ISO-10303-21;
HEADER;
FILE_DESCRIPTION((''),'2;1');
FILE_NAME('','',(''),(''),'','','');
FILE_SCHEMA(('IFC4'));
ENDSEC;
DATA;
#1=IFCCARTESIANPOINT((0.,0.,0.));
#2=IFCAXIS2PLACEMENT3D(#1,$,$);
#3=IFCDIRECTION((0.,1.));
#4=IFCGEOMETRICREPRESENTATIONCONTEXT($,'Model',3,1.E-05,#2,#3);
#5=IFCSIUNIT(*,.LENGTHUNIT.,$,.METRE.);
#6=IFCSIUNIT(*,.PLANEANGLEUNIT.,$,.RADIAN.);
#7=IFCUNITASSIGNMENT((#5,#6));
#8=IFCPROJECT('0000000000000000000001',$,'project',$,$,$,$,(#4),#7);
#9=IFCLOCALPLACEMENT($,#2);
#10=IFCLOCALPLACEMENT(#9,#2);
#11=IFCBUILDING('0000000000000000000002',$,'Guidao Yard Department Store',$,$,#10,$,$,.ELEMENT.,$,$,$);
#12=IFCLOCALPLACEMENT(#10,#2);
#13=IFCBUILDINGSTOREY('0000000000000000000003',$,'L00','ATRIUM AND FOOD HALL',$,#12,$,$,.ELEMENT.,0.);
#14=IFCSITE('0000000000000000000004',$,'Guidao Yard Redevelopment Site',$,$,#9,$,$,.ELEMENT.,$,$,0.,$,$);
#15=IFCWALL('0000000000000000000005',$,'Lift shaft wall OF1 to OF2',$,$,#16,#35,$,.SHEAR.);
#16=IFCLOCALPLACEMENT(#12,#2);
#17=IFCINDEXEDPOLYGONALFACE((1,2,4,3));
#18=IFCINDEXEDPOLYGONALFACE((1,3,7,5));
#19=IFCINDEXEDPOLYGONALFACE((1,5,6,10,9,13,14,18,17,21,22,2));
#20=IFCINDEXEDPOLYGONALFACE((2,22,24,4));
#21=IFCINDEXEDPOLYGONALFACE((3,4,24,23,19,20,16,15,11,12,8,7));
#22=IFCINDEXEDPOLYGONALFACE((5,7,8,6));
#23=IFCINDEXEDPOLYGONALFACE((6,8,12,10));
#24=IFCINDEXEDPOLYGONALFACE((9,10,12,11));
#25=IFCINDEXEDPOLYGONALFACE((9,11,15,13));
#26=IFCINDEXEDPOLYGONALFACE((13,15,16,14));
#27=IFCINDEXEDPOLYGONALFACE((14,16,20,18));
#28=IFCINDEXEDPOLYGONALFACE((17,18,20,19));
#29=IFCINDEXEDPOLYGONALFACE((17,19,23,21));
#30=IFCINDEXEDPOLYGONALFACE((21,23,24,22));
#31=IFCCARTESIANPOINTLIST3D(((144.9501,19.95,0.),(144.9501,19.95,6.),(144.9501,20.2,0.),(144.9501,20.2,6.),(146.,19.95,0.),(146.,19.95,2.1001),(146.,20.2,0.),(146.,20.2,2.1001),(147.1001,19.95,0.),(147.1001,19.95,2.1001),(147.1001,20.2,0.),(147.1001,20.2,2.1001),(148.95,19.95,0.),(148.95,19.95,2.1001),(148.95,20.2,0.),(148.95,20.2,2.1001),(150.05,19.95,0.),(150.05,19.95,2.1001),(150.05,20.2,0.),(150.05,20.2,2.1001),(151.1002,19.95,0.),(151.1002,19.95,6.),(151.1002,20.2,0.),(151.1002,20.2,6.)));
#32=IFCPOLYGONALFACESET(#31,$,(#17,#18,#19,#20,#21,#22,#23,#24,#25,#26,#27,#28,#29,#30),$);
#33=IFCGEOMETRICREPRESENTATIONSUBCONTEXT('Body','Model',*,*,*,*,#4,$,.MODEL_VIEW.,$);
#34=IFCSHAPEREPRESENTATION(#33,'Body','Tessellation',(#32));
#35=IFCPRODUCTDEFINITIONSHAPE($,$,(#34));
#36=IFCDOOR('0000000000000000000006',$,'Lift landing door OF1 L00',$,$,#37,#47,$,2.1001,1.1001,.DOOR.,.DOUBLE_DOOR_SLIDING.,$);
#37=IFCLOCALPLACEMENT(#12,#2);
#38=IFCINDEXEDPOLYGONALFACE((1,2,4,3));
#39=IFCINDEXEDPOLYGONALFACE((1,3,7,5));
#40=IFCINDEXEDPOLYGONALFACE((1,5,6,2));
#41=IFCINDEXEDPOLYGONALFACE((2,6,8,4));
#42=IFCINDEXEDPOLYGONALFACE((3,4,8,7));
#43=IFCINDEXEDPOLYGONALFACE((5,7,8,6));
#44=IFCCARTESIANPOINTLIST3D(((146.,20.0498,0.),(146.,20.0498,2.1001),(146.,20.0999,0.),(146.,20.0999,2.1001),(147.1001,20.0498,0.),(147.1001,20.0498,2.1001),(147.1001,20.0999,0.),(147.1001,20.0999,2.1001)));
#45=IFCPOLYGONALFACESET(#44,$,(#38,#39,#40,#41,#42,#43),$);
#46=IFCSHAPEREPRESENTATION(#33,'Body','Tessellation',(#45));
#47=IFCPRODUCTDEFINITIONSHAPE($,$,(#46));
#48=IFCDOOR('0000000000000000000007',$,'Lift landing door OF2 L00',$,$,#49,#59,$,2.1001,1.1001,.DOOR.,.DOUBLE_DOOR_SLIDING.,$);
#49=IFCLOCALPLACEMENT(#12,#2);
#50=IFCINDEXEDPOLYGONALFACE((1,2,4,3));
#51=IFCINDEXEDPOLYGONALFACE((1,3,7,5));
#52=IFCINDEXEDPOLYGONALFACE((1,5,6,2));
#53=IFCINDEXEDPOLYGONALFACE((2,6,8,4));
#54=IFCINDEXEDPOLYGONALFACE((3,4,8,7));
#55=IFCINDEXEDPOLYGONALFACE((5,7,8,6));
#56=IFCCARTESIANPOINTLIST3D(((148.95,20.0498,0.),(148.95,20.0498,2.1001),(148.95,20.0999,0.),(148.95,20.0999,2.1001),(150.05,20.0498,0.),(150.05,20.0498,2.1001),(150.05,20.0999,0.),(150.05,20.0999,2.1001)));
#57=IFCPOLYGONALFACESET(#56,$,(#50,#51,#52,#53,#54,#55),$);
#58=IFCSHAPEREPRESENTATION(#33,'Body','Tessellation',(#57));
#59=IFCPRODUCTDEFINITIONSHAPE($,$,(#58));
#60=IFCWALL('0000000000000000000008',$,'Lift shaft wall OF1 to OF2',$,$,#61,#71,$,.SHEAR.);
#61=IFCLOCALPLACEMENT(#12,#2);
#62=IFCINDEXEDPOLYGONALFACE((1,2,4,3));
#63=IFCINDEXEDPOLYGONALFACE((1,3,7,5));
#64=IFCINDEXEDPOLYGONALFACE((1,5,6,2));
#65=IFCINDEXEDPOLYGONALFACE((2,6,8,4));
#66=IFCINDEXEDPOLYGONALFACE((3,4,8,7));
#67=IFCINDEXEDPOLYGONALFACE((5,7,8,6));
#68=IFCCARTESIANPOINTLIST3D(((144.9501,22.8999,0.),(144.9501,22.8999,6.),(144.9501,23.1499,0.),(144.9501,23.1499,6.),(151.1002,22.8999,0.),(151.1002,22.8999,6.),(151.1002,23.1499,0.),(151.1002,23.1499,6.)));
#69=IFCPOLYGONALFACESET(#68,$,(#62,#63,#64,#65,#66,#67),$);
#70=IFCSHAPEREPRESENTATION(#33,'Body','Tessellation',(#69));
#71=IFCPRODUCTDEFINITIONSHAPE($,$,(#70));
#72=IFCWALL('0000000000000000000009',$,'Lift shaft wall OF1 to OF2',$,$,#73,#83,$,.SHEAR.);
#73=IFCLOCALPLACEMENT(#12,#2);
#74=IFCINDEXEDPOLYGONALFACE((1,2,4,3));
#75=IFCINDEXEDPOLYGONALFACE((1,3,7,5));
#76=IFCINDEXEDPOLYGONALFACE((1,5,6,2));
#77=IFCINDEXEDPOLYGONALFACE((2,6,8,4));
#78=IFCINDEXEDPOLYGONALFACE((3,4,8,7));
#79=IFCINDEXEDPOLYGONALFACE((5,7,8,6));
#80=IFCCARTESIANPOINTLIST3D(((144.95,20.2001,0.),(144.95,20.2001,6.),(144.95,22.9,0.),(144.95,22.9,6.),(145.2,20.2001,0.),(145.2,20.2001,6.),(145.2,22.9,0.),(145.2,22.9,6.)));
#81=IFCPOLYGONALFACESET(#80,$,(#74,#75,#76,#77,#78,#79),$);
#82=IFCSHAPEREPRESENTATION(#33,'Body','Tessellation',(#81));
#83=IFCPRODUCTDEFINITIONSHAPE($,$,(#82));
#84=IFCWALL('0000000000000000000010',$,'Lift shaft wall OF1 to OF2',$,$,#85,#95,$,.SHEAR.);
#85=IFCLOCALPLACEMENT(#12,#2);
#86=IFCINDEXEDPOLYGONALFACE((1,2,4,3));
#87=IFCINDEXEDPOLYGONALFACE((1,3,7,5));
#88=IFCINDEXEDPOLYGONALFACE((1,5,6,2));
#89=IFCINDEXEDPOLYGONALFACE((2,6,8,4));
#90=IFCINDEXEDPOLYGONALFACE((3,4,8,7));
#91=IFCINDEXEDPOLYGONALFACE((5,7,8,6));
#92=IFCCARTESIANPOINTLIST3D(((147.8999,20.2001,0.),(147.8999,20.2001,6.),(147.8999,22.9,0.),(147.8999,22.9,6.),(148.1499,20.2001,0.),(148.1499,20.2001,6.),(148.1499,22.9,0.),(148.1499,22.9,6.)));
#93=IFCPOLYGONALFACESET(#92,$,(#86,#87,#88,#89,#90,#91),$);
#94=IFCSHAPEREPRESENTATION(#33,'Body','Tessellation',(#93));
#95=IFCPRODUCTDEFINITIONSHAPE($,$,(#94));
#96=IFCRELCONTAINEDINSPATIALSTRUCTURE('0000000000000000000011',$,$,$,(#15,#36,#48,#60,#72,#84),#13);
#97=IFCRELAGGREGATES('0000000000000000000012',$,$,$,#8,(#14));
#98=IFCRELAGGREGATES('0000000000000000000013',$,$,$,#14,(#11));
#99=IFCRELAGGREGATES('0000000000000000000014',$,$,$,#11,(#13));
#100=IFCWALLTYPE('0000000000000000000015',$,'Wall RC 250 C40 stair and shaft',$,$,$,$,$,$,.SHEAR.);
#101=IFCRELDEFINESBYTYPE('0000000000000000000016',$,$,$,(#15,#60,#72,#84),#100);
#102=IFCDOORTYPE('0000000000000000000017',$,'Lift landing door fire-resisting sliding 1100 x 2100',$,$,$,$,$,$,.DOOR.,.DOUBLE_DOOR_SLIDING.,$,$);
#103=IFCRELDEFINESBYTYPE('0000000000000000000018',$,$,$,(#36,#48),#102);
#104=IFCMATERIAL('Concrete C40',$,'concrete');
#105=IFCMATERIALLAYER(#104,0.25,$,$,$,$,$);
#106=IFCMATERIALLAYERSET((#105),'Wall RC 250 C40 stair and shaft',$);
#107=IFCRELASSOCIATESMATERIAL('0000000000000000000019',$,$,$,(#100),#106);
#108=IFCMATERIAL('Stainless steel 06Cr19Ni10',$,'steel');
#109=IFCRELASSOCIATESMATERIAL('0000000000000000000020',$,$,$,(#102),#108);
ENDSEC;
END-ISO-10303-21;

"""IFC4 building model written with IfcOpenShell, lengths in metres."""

from ifc_helpers import new_model, si_unit, direction, frame, frame_2d, origin, place, context, subcontext, project, spatial, rectangle, extrude, material, layer, layer_set, type_object, element, fill, save


model = new_model("IFC4")

# Units and contexts
model_context = context("Model", 3, precision=1e-05, world=origin(), true_north=direction((0.0, 1.0)))
body_context = subcontext(model_context, "Body", "Model", "MODEL_VIEW")
ifc_project = project(units=[si_unit("LENGTHUNIT", "METRE"), si_unit("PLANEANGLEUNIT", "RADIAN")], contexts=[model_context])

# Site, building, storey
site_placement = place(None, origin())
site = spatial("IfcSite", under=ifc_project, at=site_placement, Name="Guidao Yard Redevelopment Site", CompositionType="ELEMENT", RefElevation=0.0)
building_placement = place(site_placement, origin())
building = spatial("IfcBuilding", under=site, at=building_placement, Name="Guidao Yard Department Store", CompositionType="ELEMENT")
storey_placement = place(building_placement, origin())
storey = spatial("IfcBuildingStorey", under=building, at=storey_placement, Name="L00", Description="ATRIUM AND FOOD HALL", CompositionType="ELEMENT", Elevation=0.0)

# Wall, openings, doors
ifc_material_1 = material(Name="Concrete C40", Category="concrete")
ifc_layer_1 = layer(ifc_material_1, 0.25)
ifc_layer_set_1 = layer_set([ifc_layer_1], Name="Wall RC 250 C40 stair and shaft")
wall_type_1 = type_object("IfcWallType", Name="Wall RC 250 C40 stair and shaft", PredefinedType="SHEAR", material=ifc_layer_set_1)
wall_1_placement = place(storey_placement, frame((144.95, 20.075, 0.0), z_axis=(0.0, 0.0, 1.0), x_axis=(1.0, 0.0, 0.0)))
wall_1 = element("IfcWall", 1, at=wall_1_placement, inside=storey, type_object=wall_type_1, Name="Lift shaft wall OF1 to OF2", PredefinedType="SHEAR", context=body_context, shape_type="SweptSolid", body=[
    extrude(rectangle(XDim=6.1501, YDim=0.25, at=frame_2d((3.0752, 0.0))), origin(), (0.0, 0.0, 1.0), 6.0),
])
opening_1_placement = place(wall_1_placement, frame((1.05, 0.0, 0.0)))
opening_1 = element("IfcOpeningElement", 2, at=opening_1_placement, cuts=wall_1, PredefinedType="OPENING", context=body_context, shape_type="SweptSolid", body=[
    extrude(rectangle(XDim=1.1001, YDim=2.1001, at=frame_2d((0.55, 1.05))), frame((0.0, 0.135, 0.0), z_axis=(0.0, -1.0, 0.0), x_axis=(1.0, 0.0, 0.0)), (0.0, 0.0, 1.0), 0.27),
])
opening_2_placement = place(wall_1_placement, frame((4.0, 0.0, 0.0)))
opening_2 = element("IfcOpeningElement", 3, at=opening_2_placement, cuts=wall_1, PredefinedType="OPENING", context=body_context, shape_type="SweptSolid", body=[
    extrude(rectangle(XDim=1.1001, YDim=2.1001, at=frame_2d((0.55, 1.05))), frame((0.0, 0.135, 0.0), z_axis=(0.0, -1.0, 0.0), x_axis=(1.0, 0.0, 0.0)), (0.0, 0.0, 1.0), 0.27),
])
ifc_material_2 = material(Name="Stainless steel 06Cr19Ni10", Category="steel")
door_type_1 = type_object("IfcDoorType", Name="Lift landing door fire-resisting sliding 1100 x 2100", OperationType="DOUBLE_DOOR_SLIDING", PredefinedType="DOOR", material=ifc_material_2)
door_1_placement = place(opening_1_placement, origin())
door_1 = element("IfcDoor", 4, at=door_1_placement, inside=storey, type_object=door_type_1, Name="Lift landing door OF1 L00", OperationType="DOUBLE_DOOR_SLIDING", OverallHeight=2.1001, OverallWidth=1.1001, PredefinedType="DOOR", context=body_context, shape_type="SweptSolid", body=[
    extrude(rectangle(XDim=1.1001, YDim=2.1001, at=frame_2d((0.55, 1.05))), frame((0.0, 0.0249, 0.0), z_axis=(0.0, -1.0, 0.0), x_axis=(1.0, 0.0, 0.0)), (0.0, 0.0, 1.0), 0.05),
])
fill(opening_1, door_1)
door_2_placement = place(opening_2_placement, origin())
door_2 = element("IfcDoor", 5, at=door_2_placement, inside=storey, type_object=door_type_1, Name="Lift landing door OF2 L00", OperationType="DOUBLE_DOOR_SLIDING", OverallHeight=2.1001, OverallWidth=1.1001, PredefinedType="DOOR", context=body_context, shape_type="SweptSolid", body=[
    extrude(rectangle(XDim=1.1001, YDim=2.1001, at=frame_2d((0.55, 1.05))), frame((0.0, 0.0249, 0.0), z_axis=(0.0, -1.0, 0.0), x_axis=(1.0, 0.0, 0.0)), (0.0, 0.0, 1.0), 0.05),
])
fill(opening_2, door_2)

# Walls
wall_2_placement = place(storey_placement, frame((144.95, 23.0249, 0.0), z_axis=(0.0, 0.0, 1.0), x_axis=(1.0, 0.0, 0.0)))
element("IfcWall", 6, at=wall_2_placement, inside=storey, type_object=wall_type_1, Name="Lift shaft wall OF1 to OF2", PredefinedType="SHEAR", context=body_context, shape_type="SweptSolid", body=[
    extrude(rectangle(XDim=6.1501, YDim=0.25, at=frame_2d((3.0752, 0.0))), origin(), (0.0, 0.0, 1.0), 6.0),
])
for number, where, z_axis, x_axis, name in (
    (7, (145.075, 20.2, 0.0), (0.0, 0.0, 1.0), (0.0, 1.0, 0.0), "Lift shaft wall OF1 to OF2"),
    (8, (148.0249, 20.2, 0.0), (0.0, 0.0, 1.0), (0.0, 1.0, 0.0), "Lift shaft wall OF1 to OF2"),
):
    element("IfcWall", number, at=place(storey_placement, frame(where, z_axis=z_axis, x_axis=x_axis)), inside=storey, type_object=wall_type_1, Name=name, PredefinedType="SHEAR", context=body_context, shape_type="SweptSolid", body=[
        extrude(rectangle(XDim=2.7, YDim=0.25, at=frame_2d((1.3501, 0.0))), origin(), (0.0, 0.0, 1.0), 6.0),
    ])

save(model, "model.ifc")
